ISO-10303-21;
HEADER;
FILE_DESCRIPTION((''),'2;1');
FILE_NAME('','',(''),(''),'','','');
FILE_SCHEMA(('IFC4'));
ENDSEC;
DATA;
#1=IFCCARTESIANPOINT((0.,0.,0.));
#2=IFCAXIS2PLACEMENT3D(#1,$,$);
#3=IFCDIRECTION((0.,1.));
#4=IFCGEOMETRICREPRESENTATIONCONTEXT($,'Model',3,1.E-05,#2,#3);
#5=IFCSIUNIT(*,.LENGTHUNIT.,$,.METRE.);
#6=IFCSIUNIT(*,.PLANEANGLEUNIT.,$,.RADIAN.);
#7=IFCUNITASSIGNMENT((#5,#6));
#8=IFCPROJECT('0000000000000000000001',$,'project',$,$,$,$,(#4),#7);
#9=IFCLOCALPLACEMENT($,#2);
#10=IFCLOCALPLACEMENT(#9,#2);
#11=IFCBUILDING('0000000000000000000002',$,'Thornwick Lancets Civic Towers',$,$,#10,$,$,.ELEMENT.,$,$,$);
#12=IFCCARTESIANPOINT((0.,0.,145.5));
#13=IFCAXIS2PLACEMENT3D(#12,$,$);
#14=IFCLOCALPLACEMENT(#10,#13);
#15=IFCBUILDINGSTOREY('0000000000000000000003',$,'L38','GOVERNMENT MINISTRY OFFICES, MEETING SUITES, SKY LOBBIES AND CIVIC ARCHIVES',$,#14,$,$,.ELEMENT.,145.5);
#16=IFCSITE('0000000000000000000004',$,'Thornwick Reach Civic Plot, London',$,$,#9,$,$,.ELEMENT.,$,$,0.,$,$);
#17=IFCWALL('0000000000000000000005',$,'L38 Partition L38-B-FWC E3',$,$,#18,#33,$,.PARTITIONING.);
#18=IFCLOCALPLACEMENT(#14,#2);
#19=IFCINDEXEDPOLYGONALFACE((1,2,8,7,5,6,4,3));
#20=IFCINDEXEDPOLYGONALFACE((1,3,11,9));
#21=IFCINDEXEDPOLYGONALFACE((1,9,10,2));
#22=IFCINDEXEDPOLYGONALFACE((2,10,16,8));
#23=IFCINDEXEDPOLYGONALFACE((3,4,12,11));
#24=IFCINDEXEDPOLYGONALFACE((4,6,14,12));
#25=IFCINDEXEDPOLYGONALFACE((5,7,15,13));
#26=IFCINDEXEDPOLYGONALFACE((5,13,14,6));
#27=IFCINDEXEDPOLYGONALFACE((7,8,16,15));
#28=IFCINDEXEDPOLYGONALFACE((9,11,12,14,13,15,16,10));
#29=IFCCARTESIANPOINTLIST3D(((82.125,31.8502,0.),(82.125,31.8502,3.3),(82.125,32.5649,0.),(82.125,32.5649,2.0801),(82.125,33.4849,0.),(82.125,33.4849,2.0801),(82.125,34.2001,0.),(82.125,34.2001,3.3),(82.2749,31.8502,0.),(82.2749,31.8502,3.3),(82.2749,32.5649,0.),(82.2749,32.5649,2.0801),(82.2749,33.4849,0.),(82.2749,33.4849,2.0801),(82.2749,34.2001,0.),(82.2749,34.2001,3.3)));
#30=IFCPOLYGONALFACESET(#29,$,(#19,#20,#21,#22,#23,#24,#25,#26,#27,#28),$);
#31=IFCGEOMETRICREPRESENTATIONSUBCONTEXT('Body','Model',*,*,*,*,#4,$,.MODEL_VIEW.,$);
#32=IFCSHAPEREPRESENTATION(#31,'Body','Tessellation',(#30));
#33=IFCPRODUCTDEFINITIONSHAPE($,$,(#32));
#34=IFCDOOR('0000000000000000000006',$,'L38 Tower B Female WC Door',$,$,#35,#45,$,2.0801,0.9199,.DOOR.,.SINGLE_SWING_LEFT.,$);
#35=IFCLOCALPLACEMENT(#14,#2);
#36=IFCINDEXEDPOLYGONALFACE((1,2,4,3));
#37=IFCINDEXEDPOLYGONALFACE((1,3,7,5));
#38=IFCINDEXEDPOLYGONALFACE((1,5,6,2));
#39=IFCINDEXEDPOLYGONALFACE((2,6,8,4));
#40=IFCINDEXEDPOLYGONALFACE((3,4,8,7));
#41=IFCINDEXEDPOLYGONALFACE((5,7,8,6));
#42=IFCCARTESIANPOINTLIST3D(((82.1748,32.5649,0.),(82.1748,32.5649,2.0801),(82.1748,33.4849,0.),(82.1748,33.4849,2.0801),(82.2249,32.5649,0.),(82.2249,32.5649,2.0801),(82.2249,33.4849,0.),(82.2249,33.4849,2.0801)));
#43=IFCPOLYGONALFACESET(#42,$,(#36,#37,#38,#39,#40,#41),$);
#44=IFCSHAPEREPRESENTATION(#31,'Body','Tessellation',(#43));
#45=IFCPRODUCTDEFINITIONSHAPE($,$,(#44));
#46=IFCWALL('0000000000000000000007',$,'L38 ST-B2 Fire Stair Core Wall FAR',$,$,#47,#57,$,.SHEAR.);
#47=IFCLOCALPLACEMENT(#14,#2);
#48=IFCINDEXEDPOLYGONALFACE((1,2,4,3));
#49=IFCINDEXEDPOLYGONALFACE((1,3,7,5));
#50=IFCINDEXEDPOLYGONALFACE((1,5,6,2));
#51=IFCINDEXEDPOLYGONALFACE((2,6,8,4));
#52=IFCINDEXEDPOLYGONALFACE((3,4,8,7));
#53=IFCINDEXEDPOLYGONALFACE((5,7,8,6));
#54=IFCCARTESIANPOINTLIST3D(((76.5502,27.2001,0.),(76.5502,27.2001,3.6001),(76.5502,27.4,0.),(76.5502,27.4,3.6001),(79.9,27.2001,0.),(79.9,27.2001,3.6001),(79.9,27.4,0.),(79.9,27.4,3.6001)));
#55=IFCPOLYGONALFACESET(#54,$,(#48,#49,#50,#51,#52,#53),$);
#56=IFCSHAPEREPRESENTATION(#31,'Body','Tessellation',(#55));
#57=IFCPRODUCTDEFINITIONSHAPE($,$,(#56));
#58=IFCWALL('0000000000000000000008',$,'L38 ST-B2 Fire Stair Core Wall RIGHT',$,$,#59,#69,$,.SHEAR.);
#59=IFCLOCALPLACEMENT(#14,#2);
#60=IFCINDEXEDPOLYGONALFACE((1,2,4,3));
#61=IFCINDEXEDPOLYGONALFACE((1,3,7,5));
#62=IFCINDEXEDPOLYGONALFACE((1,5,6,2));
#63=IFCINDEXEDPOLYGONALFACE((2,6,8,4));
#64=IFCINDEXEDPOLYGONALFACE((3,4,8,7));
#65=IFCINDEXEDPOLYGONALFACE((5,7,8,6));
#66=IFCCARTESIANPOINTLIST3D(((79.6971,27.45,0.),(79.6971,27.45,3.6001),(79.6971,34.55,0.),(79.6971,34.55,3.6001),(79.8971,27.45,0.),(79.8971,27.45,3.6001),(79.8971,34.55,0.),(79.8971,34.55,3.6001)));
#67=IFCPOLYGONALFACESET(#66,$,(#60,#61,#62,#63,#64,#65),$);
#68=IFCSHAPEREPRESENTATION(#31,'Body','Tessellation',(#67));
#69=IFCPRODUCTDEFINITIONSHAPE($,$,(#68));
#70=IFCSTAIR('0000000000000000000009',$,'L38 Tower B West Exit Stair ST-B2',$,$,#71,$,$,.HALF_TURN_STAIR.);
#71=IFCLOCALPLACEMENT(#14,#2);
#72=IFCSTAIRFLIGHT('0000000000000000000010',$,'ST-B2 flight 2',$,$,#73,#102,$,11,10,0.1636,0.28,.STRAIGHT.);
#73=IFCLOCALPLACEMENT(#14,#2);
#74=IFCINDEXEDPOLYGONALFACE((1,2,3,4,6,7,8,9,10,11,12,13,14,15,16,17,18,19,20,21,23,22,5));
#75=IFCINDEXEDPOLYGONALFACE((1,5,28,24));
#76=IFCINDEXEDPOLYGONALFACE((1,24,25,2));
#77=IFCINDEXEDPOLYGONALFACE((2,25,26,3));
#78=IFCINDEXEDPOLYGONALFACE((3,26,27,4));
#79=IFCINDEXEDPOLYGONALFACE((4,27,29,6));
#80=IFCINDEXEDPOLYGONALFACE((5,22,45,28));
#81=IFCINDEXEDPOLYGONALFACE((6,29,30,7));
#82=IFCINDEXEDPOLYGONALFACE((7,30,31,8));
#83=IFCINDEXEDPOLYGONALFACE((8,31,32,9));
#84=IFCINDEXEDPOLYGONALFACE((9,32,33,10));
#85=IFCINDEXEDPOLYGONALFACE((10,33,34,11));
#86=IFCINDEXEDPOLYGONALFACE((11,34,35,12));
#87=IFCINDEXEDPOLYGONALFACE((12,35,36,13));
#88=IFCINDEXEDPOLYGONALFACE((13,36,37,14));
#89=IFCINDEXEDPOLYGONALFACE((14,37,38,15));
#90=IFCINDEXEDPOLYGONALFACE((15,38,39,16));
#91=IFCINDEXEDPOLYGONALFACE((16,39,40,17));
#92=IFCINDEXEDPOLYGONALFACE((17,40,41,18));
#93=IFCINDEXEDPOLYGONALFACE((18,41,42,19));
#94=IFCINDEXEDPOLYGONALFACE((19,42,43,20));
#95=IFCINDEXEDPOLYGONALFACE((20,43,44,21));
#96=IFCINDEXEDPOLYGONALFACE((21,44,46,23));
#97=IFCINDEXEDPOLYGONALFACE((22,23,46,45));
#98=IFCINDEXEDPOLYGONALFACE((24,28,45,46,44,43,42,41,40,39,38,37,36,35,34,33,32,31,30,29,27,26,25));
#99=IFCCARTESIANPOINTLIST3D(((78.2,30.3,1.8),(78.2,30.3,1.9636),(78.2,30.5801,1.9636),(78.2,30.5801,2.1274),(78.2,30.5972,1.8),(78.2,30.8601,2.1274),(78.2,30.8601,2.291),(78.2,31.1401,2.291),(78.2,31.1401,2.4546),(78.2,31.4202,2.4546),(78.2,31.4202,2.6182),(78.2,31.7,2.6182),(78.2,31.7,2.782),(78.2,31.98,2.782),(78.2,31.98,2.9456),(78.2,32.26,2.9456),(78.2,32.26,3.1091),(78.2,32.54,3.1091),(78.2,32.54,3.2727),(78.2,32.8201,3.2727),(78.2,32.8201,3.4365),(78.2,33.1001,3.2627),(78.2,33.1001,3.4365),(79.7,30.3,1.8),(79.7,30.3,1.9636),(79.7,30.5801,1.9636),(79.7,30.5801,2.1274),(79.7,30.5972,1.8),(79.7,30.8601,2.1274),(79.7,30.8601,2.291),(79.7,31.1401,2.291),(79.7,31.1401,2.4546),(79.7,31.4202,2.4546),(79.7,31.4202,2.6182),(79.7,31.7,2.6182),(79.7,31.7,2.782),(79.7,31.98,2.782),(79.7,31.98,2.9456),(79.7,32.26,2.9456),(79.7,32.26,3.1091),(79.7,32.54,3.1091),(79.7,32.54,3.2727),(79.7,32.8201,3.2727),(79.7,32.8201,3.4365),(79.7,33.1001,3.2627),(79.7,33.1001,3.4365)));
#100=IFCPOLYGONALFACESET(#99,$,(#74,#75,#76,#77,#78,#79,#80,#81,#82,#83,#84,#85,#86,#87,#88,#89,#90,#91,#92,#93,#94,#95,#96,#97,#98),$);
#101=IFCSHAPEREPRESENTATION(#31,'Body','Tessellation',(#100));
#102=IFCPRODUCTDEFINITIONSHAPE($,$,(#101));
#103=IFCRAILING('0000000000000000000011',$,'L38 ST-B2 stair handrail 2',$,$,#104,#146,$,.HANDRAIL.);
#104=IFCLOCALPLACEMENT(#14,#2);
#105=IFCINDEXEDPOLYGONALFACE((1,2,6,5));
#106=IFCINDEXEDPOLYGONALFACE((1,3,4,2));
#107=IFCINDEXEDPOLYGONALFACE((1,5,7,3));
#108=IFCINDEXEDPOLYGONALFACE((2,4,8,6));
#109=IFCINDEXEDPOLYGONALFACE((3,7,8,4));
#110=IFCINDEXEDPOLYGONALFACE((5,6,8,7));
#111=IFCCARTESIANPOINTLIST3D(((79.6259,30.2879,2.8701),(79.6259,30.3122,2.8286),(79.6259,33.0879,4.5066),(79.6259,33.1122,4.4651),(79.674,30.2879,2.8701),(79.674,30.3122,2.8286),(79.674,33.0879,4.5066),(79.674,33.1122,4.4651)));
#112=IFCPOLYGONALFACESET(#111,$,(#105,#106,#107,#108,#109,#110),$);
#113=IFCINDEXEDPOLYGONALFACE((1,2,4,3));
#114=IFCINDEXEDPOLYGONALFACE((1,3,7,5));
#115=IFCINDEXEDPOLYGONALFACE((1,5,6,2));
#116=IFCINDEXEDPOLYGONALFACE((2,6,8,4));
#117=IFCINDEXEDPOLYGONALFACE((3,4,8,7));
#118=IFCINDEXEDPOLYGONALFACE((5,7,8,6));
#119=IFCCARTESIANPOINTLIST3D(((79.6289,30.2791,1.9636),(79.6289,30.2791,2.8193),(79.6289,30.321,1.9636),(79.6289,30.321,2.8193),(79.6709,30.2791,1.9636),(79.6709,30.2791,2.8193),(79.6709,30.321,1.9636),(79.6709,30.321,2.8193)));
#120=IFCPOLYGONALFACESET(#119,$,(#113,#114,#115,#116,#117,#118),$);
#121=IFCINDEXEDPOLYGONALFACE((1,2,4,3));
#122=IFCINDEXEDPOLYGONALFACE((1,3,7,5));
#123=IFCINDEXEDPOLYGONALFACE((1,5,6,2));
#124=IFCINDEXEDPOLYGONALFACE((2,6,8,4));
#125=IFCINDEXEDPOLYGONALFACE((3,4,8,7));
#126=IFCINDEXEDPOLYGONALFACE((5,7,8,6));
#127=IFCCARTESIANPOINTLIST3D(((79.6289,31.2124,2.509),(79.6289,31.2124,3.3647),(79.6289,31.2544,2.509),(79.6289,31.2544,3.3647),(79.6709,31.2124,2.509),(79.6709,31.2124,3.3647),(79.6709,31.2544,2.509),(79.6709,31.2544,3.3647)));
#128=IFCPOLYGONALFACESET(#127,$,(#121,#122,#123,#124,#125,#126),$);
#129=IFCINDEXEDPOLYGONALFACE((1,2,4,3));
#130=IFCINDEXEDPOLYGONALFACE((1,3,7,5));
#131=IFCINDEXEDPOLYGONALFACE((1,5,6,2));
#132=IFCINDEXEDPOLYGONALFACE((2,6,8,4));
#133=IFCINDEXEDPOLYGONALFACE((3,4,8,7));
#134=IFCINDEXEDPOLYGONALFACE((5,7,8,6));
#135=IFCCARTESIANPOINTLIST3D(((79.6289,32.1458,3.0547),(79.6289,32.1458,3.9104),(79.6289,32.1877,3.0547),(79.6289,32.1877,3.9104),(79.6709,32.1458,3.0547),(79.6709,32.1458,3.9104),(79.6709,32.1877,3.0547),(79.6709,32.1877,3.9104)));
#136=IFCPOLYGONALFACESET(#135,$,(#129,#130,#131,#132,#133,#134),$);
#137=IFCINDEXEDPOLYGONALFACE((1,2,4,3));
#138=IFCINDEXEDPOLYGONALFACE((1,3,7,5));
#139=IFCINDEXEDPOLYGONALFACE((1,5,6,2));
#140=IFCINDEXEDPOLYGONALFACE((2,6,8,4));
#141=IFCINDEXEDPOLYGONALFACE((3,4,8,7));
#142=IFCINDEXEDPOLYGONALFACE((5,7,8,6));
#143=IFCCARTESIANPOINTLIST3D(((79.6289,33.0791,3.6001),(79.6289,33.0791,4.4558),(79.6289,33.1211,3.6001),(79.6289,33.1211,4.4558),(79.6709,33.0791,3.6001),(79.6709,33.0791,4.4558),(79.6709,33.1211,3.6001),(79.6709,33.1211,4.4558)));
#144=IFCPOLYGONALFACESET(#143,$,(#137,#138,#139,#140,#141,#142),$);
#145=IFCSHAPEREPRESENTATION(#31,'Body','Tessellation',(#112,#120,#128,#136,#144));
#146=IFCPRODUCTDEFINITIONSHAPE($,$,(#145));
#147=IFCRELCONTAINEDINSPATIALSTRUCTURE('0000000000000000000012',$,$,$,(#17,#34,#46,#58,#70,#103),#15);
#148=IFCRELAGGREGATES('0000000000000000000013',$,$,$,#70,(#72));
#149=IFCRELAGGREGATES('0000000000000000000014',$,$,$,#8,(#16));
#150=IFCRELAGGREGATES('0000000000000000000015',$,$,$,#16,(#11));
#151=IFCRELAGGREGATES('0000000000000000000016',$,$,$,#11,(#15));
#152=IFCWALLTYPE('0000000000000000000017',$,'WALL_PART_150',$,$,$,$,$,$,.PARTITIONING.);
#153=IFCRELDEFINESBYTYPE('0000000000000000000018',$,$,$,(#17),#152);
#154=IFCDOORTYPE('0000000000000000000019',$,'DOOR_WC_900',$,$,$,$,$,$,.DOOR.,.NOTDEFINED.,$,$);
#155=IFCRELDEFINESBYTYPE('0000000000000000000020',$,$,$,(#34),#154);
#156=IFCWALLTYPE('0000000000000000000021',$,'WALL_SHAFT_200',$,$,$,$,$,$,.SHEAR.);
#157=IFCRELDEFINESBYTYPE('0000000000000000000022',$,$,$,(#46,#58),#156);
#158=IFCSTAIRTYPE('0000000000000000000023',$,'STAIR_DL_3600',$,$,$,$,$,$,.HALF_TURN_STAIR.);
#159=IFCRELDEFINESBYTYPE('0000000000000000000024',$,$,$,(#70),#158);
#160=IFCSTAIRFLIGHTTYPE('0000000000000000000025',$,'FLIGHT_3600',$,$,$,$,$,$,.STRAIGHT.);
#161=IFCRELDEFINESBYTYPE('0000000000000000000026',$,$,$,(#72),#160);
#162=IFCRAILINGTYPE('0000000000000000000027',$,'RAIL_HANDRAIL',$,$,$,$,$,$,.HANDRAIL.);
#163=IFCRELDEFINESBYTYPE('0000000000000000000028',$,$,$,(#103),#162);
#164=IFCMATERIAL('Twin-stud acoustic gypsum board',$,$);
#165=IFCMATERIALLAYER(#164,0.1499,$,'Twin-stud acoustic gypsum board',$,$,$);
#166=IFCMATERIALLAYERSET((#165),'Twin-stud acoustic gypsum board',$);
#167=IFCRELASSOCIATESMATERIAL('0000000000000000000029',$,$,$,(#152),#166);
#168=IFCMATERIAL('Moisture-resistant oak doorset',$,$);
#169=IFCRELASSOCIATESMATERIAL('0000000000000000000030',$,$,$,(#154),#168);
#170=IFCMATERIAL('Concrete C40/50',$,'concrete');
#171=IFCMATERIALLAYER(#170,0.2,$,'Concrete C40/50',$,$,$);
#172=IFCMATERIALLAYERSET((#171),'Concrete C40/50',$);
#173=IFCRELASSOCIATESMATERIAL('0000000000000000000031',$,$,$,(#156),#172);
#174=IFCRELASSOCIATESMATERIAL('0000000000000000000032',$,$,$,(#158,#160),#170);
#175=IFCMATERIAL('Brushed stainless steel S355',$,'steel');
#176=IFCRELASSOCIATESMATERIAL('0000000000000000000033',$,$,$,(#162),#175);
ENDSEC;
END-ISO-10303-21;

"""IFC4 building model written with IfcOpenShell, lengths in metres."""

from ifc_helpers import new_model, si_unit, direction, frame, frame_2d, origin, origin_2d, place, context, subcontext, project, spatial, polyline, rectangle, outline, extrude, material, layer, layer_set, type_object, element, fill, aggregate, save


model = new_model("IFC4")

# Units and contexts
model_context = context("Model", 3, precision=1e-05, world=origin(), true_north=direction((0.0, 1.0)))
body_context = subcontext(model_context, "Body", "Model", "MODEL_VIEW")
ifc_project = project(units=[si_unit("LENGTHUNIT", "METRE"), si_unit("PLANEANGLEUNIT", "RADIAN")], contexts=[model_context])

# Site, building, storey
site_placement = place(None, origin())
site = spatial("IfcSite", under=ifc_project, at=site_placement, Name="Thornwick Reach Civic Plot, London", CompositionType="ELEMENT", RefElevation=0.0)
building_placement = place(site_placement, origin())
building = spatial("IfcBuilding", under=site, at=building_placement, Name="Thornwick Lancets Civic Towers", CompositionType="ELEMENT")
storey_placement = place(building_placement, frame((0.0, 0.0, 145.5)))
storey = spatial("IfcBuildingStorey", under=building, at=storey_placement, Name="L38", Description="GOVERNMENT MINISTRY OFFICES, MEETING SUITES, SKY LOBBIES AND CIVIC ARCHIVES", CompositionType="ELEMENT", Elevation=145.5)

# Shared definitions
ifc_material_1 = material(Name="Twin-stud acoustic gypsum board")
ifc_layer_1 = layer(ifc_material_1, 0.1499, Name="Twin-stud acoustic gypsum board")
ifc_layer_set_1 = layer_set([ifc_layer_1], Name="Twin-stud acoustic gypsum board")
wall_type_1 = type_object("IfcWallType", Name="WALL_PART_150", PredefinedType="PARTITIONING", material=ifc_layer_set_1)

# Wall, opening, door
wall_1_placement = place(storey_placement, frame((82.2, 34.2, 0.0), z_axis=(0.0, 0.0, 1.0), x_axis=(0.0, -1.0, 0.0)))
wall_1 = element("IfcWall", 1, at=wall_1_placement, inside=storey, type_object=wall_type_1, Name="L38 Partition L38-B-FWC E3", PredefinedType="PARTITIONING", context=body_context, shape_type="SweptSolid", body=[
    extrude(rectangle(XDim=2.3499, YDim=0.1499, at=frame_2d((1.1748, 0.0))), origin(), (0.0, 0.0, 1.0), 3.3),
])
opening_1_placement = place(wall_1_placement, frame((0.7151, 0.0, 0.0)))
opening_1 = element("IfcOpeningElement", 2, at=opening_1_placement, cuts=wall_1, PredefinedType="OPENING", context=body_context, shape_type="SweptSolid", body=[
    extrude(rectangle(XDim=0.9199, YDim=2.0801, at=frame_2d((0.46, 1.04))), frame((0.0, 0.085, 0.0), z_axis=(0.0, -1.0, 0.0), x_axis=(1.0, 0.0, 0.0)), (0.0, 0.0, 1.0), 0.1699),
])
ifc_material_2 = material(Name="Moisture-resistant oak doorset")
door_type_1 = type_object("IfcDoorType", Name="DOOR_WC_900", OperationType="NOTDEFINED", PredefinedType="DOOR", material=ifc_material_2)
door_1_placement = place(opening_1_placement, origin())
door_1 = element("IfcDoor", 3, at=door_1_placement, inside=storey, type_object=door_type_1, Name="L38 Tower B Female WC Door", OperationType="SINGLE_SWING_LEFT", OverallHeight=2.0801, OverallWidth=0.9199, PredefinedType="DOOR", context=body_context, shape_type="SweptSolid", body=[
    extrude(rectangle(XDim=0.9199, YDim=2.0801, at=frame_2d((0.46, 1.04))), frame((0.0, 0.0249, 0.0), z_axis=(0.0, -1.0, 0.0), x_axis=(1.0, 0.0, 0.0)), (0.0, 0.0, 1.0), 0.05),
])
fill(opening_1, door_1)

# Walls
ifc_material_3 = material(Name="Concrete C40/50", Category="concrete")
ifc_layer_2 = layer(ifc_material_3, 0.2, Name="Concrete C40/50")
ifc_layer_set_2 = layer_set([ifc_layer_2], Name="Concrete C40/50")
wall_type_2 = type_object("IfcWallType", Name="WALL_SHAFT_200", PredefinedType="SHEAR", material=ifc_layer_set_2)
wall_2_placement = place(storey_placement, frame((79.8999, 27.3, 0.0), z_axis=(0.0, 0.0, 1.0), x_axis=(-1.0, 0.0, 0.0)))
element("IfcWall", 4, at=wall_2_placement, inside=storey, type_object=wall_type_2, Name="L38 ST-B2 Fire Stair Core Wall FAR", PredefinedType="SHEAR", context=body_context, shape_type="SweptSolid", body=[
    extrude(rectangle(XDim=3.3499, YDim=0.2, at=frame_2d((1.6748, 0.0))), origin(), (0.0, 0.0, 1.0), 3.6001),
])
wall_3_placement = place(storey_placement, frame((79.7971, 27.45, 0.0), z_axis=(0.0, 0.0, 1.0), x_axis=(0.0, 1.0, 0.0)))
element("IfcWall", 5, at=wall_3_placement, inside=storey, type_object=wall_type_2, Name="L38 ST-B2 Fire Stair Core Wall RIGHT", PredefinedType="SHEAR", context=body_context, shape_type="SweptSolid", body=[
    extrude(rectangle(XDim=7.1001, YDim=0.2, at=frame_2d((3.55, 0.0))), origin(), (0.0, 0.0, 1.0), 3.6001),
])

# Stair, stair flight
stair_type = type_object("IfcStairType", Name="STAIR_DL_3600", PredefinedType="HALF_TURN_STAIR", material=ifc_material_3)
stair_placement = place(storey_placement, origin())
stair = element("IfcStair", 6, at=stair_placement, inside=storey, type_object=stair_type, Name="L38 Tower B West Exit Stair ST-B2", PredefinedType="HALF_TURN_STAIR")
stair_flight_type = type_object("IfcStairFlightType", Name="FLIGHT_3600", PredefinedType="STRAIGHT", material=ifc_material_3)
stair_flight_placement = place(storey_placement, frame((78.95, 30.3, 1.8), z_axis=(0.0, 0.0, 1.0), x_axis=(0.0, 1.0, 0.0)))
stair_flight = element("IfcStairFlight", 7, at=stair_flight_placement, type_object=stair_flight_type, Name="ST-B2 flight 2", NumberOfRisers=11, NumberOfTreads=10, PredefinedType="STRAIGHT", RiserHeight=0.1636, TreadLength=0.28, context=body_context, shape_type="SweptSolid", body=[
    extrude(outline(polyline([(0.0, 0.0), (0.0, 0.1636), (0.28, 0.1636), (0.28, 0.3274), (0.5601, 0.3274), (0.5601, 0.491), (0.8401, 0.491), (0.8401, 0.6545), (1.1201, 0.6545), (1.1201, 0.8181), (1.3999, 0.8181), (1.3999, 0.9819), (1.6799, 0.9819), (1.6799, 1.1455), (1.96, 1.1455), (1.96, 1.3091), (2.24, 1.3091), (2.24, 1.4727), (2.52, 1.4727), (2.52, 1.6365), (2.8, 1.6365), (2.8, 1.8), (2.8, 1.4626), (0.2971, 0.0), (0.0, 0.0)])), frame((0.0, 0.75, 0.0), z_axis=(0.0, -1.0, 0.0), x_axis=(1.0, 0.0, 0.0)), (0.0, 0.0, 1.0), 1.5),
])
aggregate(stair, [stair_flight])

# Railing
ifc_material_4 = material(Name="Brushed stainless steel S355", Category="steel")
railing_type = type_object("IfcRailingType", Name="RAIL_HANDRAIL", PredefinedType="HANDRAIL", material=ifc_material_4)
railing_placement = place(storey_placement, frame((79.6499, 30.3, 1.9636)))
element("IfcRailing", 8, at=railing_placement, inside=storey, type_object=railing_type, Name="L38 ST-B2 stair handrail 2", PredefinedType="HANDRAIL", context=body_context, shape_type="SweptSolid", body=[
    extrude(rectangle(XDim=0.0481, YDim=0.0481, at=origin_2d()), frame((0.0, 0.0, 0.8857), z_axis=(0.0, 0.863361, 0.504587), x_axis=(-1.0, 0.0, 0.0)), (0.0, 0.0, 1.0), 3.2432),
    extrude(rectangle(XDim=0.042, YDim=0.042, at=origin_2d()), origin(), (0.0, 0.0, 1.0), 0.8557),
    extrude(rectangle(XDim=0.042, YDim=0.042, at=origin_2d()), frame((0.0, 0.9333, 0.5454)), (0.0, 0.0, 1.0), 0.8557),
    extrude(rectangle(XDim=0.042, YDim=0.042, at=origin_2d()), frame((0.0, 1.8667, 1.0911)), (0.0, 0.0, 1.0), 0.8557),
    extrude(rectangle(XDim=0.042, YDim=0.042, at=origin_2d()), frame((0.0, 2.8, 1.6365)), (0.0, 0.0, 1.0), 0.8557),
])

save(model, "model.ifc")
